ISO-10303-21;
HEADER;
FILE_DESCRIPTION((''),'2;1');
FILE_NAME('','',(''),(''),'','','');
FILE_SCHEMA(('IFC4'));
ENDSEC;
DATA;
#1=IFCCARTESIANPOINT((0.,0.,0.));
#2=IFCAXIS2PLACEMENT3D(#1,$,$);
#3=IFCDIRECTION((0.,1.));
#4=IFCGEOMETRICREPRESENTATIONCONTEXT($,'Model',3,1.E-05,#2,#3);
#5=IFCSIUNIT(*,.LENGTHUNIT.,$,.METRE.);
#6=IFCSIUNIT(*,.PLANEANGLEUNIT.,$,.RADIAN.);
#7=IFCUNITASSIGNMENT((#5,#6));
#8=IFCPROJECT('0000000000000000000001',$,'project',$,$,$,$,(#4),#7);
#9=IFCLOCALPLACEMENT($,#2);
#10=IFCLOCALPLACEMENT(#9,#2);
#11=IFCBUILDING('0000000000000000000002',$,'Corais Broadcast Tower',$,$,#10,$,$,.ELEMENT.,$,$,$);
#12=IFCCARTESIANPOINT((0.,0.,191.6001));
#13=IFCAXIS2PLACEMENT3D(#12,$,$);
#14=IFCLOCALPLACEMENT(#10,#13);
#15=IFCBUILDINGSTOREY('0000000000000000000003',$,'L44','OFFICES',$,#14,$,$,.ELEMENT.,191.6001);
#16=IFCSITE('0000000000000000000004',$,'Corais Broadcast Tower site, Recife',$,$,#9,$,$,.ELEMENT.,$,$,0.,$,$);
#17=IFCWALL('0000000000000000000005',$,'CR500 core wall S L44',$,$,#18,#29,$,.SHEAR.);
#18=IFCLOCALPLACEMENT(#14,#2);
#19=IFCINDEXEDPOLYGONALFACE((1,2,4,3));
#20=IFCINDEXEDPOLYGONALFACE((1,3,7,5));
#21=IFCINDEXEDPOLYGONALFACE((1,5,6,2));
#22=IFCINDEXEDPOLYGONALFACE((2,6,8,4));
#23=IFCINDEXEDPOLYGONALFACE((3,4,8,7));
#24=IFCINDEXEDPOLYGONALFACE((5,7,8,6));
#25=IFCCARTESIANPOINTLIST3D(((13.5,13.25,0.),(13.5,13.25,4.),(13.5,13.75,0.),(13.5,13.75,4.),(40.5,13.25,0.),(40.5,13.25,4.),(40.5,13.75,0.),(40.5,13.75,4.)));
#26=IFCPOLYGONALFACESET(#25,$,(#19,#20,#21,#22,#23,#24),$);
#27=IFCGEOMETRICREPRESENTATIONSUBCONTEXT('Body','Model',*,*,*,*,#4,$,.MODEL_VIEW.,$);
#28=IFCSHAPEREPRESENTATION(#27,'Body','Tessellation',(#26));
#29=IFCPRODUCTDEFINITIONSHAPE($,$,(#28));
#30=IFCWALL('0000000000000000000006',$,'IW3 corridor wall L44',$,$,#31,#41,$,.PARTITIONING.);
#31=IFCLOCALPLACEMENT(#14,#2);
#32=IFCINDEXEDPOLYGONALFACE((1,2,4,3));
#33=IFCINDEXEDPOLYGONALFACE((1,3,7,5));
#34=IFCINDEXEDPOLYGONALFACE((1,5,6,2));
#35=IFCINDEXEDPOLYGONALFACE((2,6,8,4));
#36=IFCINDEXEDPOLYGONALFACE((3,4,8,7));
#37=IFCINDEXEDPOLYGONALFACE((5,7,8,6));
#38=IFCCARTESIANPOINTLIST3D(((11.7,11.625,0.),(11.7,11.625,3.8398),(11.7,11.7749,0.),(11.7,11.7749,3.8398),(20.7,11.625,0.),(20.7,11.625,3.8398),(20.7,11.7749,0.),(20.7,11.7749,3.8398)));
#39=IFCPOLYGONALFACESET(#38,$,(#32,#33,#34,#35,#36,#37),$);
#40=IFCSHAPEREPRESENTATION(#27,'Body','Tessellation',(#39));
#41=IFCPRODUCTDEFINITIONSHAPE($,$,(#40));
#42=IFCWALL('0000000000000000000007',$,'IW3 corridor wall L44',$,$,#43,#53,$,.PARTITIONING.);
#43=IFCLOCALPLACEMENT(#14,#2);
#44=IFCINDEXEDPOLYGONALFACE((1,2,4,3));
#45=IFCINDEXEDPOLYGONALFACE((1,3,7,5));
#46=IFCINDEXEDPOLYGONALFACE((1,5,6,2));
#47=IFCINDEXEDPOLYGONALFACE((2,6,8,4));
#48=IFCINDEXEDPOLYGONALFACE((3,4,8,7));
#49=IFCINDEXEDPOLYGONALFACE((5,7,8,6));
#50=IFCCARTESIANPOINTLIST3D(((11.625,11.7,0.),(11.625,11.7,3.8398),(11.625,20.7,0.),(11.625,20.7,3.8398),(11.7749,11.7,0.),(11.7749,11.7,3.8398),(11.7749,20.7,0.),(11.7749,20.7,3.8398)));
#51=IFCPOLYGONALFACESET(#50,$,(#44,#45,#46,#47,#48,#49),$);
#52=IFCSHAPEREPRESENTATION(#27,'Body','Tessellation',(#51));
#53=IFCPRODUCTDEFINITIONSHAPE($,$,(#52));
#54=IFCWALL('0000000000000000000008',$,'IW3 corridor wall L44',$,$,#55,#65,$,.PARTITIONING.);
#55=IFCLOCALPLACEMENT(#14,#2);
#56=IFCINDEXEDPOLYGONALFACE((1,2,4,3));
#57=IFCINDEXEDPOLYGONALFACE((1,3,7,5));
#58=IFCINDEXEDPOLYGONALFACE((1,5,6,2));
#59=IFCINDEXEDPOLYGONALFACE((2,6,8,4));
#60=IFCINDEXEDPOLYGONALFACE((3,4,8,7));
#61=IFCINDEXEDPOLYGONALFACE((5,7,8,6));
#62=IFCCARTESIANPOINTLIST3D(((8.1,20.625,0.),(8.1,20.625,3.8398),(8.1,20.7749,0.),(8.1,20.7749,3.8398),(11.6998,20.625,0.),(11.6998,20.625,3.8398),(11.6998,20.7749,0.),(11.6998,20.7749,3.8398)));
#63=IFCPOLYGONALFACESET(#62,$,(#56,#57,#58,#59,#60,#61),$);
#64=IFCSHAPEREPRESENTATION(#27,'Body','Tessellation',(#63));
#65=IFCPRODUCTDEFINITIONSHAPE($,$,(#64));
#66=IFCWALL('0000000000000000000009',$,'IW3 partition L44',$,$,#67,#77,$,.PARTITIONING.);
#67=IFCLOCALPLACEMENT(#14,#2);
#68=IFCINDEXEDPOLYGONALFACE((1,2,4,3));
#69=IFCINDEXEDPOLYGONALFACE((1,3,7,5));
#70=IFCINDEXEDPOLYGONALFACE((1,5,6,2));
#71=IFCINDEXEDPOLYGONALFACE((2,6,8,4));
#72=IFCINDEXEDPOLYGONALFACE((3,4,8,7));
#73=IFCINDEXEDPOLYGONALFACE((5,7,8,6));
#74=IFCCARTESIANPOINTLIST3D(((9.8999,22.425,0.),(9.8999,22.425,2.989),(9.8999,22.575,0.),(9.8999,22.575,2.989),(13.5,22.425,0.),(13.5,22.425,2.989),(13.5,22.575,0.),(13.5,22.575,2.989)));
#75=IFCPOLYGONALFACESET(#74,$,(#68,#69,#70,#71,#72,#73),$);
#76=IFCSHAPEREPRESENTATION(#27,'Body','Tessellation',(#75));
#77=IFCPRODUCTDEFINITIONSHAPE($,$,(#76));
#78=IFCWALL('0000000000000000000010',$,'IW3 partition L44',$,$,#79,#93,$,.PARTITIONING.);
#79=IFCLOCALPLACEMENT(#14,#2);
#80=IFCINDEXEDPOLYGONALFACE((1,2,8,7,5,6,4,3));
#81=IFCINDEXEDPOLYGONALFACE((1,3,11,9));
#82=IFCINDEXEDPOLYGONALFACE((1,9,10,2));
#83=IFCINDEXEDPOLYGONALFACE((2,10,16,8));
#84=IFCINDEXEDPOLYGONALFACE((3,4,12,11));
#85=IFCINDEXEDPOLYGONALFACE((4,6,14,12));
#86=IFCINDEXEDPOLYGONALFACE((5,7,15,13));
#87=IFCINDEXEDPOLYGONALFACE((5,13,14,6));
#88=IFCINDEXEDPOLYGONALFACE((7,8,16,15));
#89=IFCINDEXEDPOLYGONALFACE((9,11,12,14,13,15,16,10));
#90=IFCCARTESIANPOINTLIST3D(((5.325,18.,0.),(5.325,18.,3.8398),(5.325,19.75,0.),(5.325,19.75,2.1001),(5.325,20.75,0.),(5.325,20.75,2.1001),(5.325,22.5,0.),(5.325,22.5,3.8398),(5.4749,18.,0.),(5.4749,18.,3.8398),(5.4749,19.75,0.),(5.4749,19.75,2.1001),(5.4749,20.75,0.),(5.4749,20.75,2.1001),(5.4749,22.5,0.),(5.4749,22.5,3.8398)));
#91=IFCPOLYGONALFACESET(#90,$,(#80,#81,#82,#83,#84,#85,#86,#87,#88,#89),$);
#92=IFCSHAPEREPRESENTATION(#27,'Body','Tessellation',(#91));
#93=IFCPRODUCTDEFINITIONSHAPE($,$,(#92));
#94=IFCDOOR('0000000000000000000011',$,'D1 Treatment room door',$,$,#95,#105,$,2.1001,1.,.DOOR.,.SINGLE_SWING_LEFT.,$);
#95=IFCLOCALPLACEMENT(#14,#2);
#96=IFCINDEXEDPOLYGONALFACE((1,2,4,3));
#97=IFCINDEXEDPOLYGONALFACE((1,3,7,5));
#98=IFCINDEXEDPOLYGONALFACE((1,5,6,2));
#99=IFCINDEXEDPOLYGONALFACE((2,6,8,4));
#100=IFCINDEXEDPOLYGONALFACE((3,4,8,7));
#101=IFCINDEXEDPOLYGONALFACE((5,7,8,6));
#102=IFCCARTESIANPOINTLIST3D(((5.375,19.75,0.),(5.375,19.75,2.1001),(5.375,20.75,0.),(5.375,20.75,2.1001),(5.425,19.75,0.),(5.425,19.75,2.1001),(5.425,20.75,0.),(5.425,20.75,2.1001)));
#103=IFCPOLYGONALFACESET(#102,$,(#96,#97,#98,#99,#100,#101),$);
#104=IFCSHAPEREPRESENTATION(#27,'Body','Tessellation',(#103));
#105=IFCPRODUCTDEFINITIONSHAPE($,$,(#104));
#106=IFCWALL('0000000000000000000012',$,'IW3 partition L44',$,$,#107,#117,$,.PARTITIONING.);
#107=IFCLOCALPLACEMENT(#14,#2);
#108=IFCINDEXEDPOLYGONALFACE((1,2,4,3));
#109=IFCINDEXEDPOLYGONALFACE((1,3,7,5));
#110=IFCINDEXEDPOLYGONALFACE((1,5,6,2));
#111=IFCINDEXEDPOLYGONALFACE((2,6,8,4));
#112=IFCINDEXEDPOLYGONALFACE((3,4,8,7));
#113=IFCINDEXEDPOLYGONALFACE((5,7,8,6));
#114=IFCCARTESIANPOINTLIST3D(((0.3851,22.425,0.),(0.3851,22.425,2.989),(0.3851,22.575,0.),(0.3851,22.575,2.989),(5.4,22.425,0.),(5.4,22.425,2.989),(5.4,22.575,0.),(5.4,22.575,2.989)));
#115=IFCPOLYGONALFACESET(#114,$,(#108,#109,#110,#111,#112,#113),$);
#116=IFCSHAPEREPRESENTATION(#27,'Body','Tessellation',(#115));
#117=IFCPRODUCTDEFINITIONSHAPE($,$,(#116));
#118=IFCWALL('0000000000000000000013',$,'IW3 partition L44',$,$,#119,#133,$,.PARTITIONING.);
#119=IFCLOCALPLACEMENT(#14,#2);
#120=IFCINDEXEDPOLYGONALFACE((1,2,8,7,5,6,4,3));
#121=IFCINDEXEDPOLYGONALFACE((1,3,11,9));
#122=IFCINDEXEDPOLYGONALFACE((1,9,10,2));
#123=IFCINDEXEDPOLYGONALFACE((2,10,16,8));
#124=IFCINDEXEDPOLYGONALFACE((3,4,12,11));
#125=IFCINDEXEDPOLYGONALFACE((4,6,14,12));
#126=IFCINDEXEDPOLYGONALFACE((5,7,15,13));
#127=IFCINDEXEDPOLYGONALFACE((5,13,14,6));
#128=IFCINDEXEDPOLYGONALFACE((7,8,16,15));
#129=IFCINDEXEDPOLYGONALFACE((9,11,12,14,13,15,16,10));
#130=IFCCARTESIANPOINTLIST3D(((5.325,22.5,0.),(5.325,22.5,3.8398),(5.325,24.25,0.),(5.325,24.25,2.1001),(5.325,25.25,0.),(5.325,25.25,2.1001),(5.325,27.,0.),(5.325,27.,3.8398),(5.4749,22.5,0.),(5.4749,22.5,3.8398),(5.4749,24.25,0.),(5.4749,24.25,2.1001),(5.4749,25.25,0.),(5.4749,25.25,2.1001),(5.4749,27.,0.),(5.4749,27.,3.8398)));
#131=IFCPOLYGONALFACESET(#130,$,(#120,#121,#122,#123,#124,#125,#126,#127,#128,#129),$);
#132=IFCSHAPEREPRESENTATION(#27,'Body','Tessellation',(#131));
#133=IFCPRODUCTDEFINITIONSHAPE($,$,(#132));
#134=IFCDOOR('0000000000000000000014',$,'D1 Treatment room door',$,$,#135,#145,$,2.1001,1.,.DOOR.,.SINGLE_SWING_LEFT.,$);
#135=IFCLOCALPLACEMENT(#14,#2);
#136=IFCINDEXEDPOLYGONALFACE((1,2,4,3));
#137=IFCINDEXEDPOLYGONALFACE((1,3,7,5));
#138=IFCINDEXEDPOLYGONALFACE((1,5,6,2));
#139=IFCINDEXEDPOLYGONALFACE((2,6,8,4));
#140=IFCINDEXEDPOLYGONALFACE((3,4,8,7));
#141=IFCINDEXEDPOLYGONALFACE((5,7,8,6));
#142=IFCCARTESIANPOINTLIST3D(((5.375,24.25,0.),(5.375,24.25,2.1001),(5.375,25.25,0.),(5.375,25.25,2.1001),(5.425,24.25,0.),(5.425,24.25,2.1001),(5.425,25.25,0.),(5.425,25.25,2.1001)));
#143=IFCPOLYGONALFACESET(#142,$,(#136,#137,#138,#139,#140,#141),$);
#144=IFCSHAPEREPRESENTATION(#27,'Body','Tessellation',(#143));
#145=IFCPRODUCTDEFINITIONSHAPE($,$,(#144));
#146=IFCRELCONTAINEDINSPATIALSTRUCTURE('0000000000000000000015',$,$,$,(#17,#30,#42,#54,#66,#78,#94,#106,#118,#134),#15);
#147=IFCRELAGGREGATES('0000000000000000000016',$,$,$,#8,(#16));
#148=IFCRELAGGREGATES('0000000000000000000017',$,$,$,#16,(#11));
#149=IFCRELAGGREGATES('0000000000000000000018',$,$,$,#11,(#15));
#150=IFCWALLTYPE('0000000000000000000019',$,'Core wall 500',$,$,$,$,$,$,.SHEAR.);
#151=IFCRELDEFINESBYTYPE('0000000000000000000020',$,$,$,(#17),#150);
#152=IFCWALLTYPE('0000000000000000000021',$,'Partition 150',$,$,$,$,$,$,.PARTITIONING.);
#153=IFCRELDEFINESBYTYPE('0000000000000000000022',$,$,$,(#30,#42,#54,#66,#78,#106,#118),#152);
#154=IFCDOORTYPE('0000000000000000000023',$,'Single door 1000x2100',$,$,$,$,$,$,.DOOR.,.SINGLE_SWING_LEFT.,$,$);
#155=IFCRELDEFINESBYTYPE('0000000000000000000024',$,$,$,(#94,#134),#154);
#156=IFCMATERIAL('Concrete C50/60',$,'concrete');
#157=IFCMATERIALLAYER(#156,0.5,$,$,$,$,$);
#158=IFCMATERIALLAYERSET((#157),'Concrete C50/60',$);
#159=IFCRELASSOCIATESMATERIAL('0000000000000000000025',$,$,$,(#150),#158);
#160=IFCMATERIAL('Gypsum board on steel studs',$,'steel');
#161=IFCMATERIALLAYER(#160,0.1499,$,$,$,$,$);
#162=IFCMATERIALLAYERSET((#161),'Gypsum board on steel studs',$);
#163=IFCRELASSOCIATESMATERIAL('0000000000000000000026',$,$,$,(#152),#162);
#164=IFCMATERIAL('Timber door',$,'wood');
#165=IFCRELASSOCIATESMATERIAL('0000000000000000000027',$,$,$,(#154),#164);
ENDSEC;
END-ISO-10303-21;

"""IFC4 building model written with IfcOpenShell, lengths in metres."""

from ifc_helpers import new_model, si_unit, direction, frame, frame_2d, origin, place, context, subcontext, project, spatial, rectangle, extrude, material, layer, layer_set, type_object, element, fill, save


model = new_model("IFC4")

# Units and contexts
model_context = context("Model", 3, precision=1e-05, world=origin(), true_north=direction((0.0, 1.0)))
body_context = subcontext(model_context, "Body", "Model", "MODEL_VIEW")
ifc_project = project(units=[si_unit("LENGTHUNIT", "METRE"), si_unit("PLANEANGLEUNIT", "RADIAN")], contexts=[model_context])

# Site, building, storey
site_placement = place(None, origin())
site = spatial("IfcSite", under=ifc_project, at=site_placement, Name="Corais Broadcast Tower site, Recife", CompositionType="ELEMENT", RefElevation=0.0)
building_placement = place(site_placement, origin())
building = spatial("IfcBuilding", under=site, at=building_placement, Name="Corais Broadcast Tower", CompositionType="ELEMENT")
storey_placement = place(building_placement, frame((0.0, 0.0, 191.6001)))
storey = spatial("IfcBuildingStorey", under=building, at=storey_placement, Name="L44", Description="OFFICES", CompositionType="ELEMENT", Elevation=191.6001)

# Walls
ifc_material_1 = material(Name="Concrete C50/60", Category="concrete")
ifc_layer_1 = layer(ifc_material_1, 0.5)
ifc_layer_set_1 = layer_set([ifc_layer_1], Name="Concrete C50/60")
wall_type_1 = type_object("IfcWallType", Name="Core wall 500", PredefinedType="SHEAR", material=ifc_layer_set_1)
wall_1_placement = place(storey_placement, frame((13.5, 13.5, 0.0), z_axis=(0.0, 0.0, 1.0), x_axis=(1.0, 0.0, 0.0)))
element("IfcWall", 1, at=wall_1_placement, inside=storey, type_object=wall_type_1, Name="CR500 core wall S L44", PredefinedType="SHEAR", context=body_context, shape_type="SweptSolid", body=[
    extrude(rectangle(XDim=27.0, YDim=0.5, at=frame_2d((13.5, 0.0))), origin(), (0.0, 0.0, 1.0), 4.0),
])
ifc_material_2 = material(Name="Gypsum board on steel studs", Category="steel")
ifc_layer_2 = layer(ifc_material_2, 0.1499)
ifc_layer_set_2 = layer_set([ifc_layer_2], Name="Gypsum board on steel studs")
wall_type_2 = type_object("IfcWallType", Name="Partition 150", PredefinedType="PARTITIONING", material=ifc_layer_set_2)
for number, where, z_axis, x_axis, name in (
    (2, (11.7, 11.7, 0.0), (0.0, 0.0, 1.0), (1.0, 0.0, 0.0), "IW3 corridor wall L44"),
    (3, (11.7, 20.7, 0.0), (0.0, 0.0, 1.0), (0.0, -1.0, 0.0), "IW3 corridor wall L44"),
):
    element("IfcWall", number, at=place(storey_placement, frame(where, z_axis=z_axis, x_axis=x_axis)), inside=storey, type_object=wall_type_2, Name=name, PredefinedType="PARTITIONING", context=body_context, shape_type="SweptSolid", body=[
        extrude(rectangle(XDim=9.0, YDim=0.1499, at=frame_2d((4.5, 0.0))), origin(), (0.0, 0.0, 1.0), 3.8398),
    ])
wall_2_placement = place(storey_placement, frame((8.1001, 20.7, 0.0), z_axis=(0.0, 0.0, 1.0), x_axis=(1.0, 0.0, 0.0)))
element("IfcWall", 4, at=wall_2_placement, inside=storey, type_object=wall_type_2, Name="IW3 corridor wall L44", PredefinedType="PARTITIONING", context=body_context, shape_type="SweptSolid", body=[
    extrude(rectangle(XDim=3.5999, YDim=0.1499, at=frame_2d((1.7998, 0.0))), origin(), (0.0, 0.0, 1.0), 3.8398),
])
wall_3_placement = place(storey_placement, frame((9.8999, 22.5, 0.0), z_axis=(0.0, 0.0, 1.0), x_axis=(1.0, 0.0, 0.0)))
element("IfcWall", 5, at=wall_3_placement, inside=storey, type_object=wall_type_2, Name="IW3 partition L44", PredefinedType="PARTITIONING", context=body_context, shape_type="SweptSolid", body=[
    extrude(rectangle(XDim=3.6001, YDim=0.1499, at=frame_2d((1.8, 0.0))), origin(), (0.0, 0.0, 1.0), 2.989),
])

# Wall, opening, door
wall_4_placement = place(storey_placement, frame((5.3999, 18.0, 0.0), z_axis=(0.0, 0.0, 1.0), x_axis=(0.0, 1.0, 0.0)))
wall_4 = element("IfcWall", 6, at=wall_4_placement, inside=storey, type_object=wall_type_2, Name="IW3 partition L44", PredefinedType="PARTITIONING", context=body_context, shape_type="SweptSolid", body=[
    extrude(rectangle(XDim=4.5, YDim=0.1499, at=frame_2d((2.25, 0.0))), origin(), (0.0, 0.0, 1.0), 3.8398),
])
opening_1_placement = place(wall_4_placement, frame((1.75, 0.0, 0.0)))
opening_1 = element("IfcOpeningElement", 7, at=opening_1_placement, cuts=wall_4, PredefinedType="OPENING", context=body_context, shape_type="SweptSolid", body=[
    extrude(rectangle(XDim=1.0, YDim=2.1001, at=frame_2d((0.5, 1.05))), frame((0.0, 0.085, 0.0), z_axis=(0.0, -1.0, 0.0), x_axis=(1.0, 0.0, 0.0)), (0.0, 0.0, 1.0), 0.1699),
])
ifc_material_3 = material(Name="Timber door", Category="wood")
door_type_1 = type_object("IfcDoorType", Name="Single door 1000x2100", OperationType="SINGLE_SWING_LEFT", PredefinedType="DOOR", material=ifc_material_3)
door_1_placement = place(opening_1_placement, origin())
door_1 = element("IfcDoor", 8, at=door_1_placement, inside=storey, type_object=door_type_1, Name="D1 Treatment room door", OperationType="SINGLE_SWING_LEFT", OverallHeight=2.1001, OverallWidth=1.0, PredefinedType="DOOR", context=body_context, shape_type="SweptSolid", body=[
    extrude(rectangle(XDim=1.0, YDim=2.1001, at=frame_2d((0.5, 1.05))), frame((0.0, 0.0249, 0.0), z_axis=(0.0, -1.0, 0.0), x_axis=(1.0, 0.0, 0.0)), (0.0, 0.0, 1.0), 0.05),
])
fill(opening_1, door_1)

# Wall
wall_5_placement = place(storey_placement, frame((5.3999, 22.5, 0.0), z_axis=(0.0, 0.0, 1.0), x_axis=(-1.0, 0.0, 0.0)))
element("IfcWall", 9, at=wall_5_placement, inside=storey, type_object=wall_type_2, Name="IW3 partition L44", PredefinedType="PARTITIONING", context=body_context, shape_type="SweptSolid", body=[
    extrude(rectangle(XDim=5.0149, YDim=0.1499, at=frame_2d((2.5073, 0.0))), origin(), (0.0, 0.0, 1.0), 2.989),
])

# Wall, opening, door
wall_6_placement = place(storey_placement, frame((5.3999, 22.5, 0.0), z_axis=(0.0, 0.0, 1.0), x_axis=(0.0, 1.0, 0.0)))
wall_6 = element("IfcWall", 10, at=wall_6_placement, inside=storey, type_object=wall_type_2, Name="IW3 partition L44", PredefinedType="PARTITIONING", context=body_context, shape_type="SweptSolid", body=[
    extrude(rectangle(XDim=4.5, YDim=0.1499, at=frame_2d((2.25, 0.0))), origin(), (0.0, 0.0, 1.0), 3.8398),
])
opening_2_placement = place(wall_6_placement, frame((1.75, 0.0, 0.0)))
opening_2 = element("IfcOpeningElement", 11, at=opening_2_placement, cuts=wall_6, PredefinedType="OPENING", context=body_context, shape_type="SweptSolid", body=[
    extrude(rectangle(XDim=1.0, YDim=2.1001, at=frame_2d((0.5, 1.05))), frame((0.0, 0.085, 0.0), z_axis=(0.0, -1.0, 0.0), x_axis=(1.0, 0.0, 0.0)), (0.0, 0.0, 1.0), 0.1699),
])
door_2_placement = place(opening_2_placement, origin())
door_2 = element("IfcDoor", 12, at=door_2_placement, inside=storey, type_object=door_type_1, Name="D1 Treatment room door", OperationType="SINGLE_SWING_LEFT", OverallHeight=2.1001, OverallWidth=1.0, PredefinedType="DOOR", context=body_context, shape_type="SweptSolid", body=[
    extrude(rectangle(XDim=1.0, YDim=2.1001, at=frame_2d((0.5, 1.05))), frame((0.0, 0.0249, 0.0), z_axis=(0.0, -1.0, 0.0), x_axis=(1.0, 0.0, 0.0)), (0.0, 0.0, 1.0), 0.05),
])
fill(opening_2, door_2)

save(model, "model.ifc")
